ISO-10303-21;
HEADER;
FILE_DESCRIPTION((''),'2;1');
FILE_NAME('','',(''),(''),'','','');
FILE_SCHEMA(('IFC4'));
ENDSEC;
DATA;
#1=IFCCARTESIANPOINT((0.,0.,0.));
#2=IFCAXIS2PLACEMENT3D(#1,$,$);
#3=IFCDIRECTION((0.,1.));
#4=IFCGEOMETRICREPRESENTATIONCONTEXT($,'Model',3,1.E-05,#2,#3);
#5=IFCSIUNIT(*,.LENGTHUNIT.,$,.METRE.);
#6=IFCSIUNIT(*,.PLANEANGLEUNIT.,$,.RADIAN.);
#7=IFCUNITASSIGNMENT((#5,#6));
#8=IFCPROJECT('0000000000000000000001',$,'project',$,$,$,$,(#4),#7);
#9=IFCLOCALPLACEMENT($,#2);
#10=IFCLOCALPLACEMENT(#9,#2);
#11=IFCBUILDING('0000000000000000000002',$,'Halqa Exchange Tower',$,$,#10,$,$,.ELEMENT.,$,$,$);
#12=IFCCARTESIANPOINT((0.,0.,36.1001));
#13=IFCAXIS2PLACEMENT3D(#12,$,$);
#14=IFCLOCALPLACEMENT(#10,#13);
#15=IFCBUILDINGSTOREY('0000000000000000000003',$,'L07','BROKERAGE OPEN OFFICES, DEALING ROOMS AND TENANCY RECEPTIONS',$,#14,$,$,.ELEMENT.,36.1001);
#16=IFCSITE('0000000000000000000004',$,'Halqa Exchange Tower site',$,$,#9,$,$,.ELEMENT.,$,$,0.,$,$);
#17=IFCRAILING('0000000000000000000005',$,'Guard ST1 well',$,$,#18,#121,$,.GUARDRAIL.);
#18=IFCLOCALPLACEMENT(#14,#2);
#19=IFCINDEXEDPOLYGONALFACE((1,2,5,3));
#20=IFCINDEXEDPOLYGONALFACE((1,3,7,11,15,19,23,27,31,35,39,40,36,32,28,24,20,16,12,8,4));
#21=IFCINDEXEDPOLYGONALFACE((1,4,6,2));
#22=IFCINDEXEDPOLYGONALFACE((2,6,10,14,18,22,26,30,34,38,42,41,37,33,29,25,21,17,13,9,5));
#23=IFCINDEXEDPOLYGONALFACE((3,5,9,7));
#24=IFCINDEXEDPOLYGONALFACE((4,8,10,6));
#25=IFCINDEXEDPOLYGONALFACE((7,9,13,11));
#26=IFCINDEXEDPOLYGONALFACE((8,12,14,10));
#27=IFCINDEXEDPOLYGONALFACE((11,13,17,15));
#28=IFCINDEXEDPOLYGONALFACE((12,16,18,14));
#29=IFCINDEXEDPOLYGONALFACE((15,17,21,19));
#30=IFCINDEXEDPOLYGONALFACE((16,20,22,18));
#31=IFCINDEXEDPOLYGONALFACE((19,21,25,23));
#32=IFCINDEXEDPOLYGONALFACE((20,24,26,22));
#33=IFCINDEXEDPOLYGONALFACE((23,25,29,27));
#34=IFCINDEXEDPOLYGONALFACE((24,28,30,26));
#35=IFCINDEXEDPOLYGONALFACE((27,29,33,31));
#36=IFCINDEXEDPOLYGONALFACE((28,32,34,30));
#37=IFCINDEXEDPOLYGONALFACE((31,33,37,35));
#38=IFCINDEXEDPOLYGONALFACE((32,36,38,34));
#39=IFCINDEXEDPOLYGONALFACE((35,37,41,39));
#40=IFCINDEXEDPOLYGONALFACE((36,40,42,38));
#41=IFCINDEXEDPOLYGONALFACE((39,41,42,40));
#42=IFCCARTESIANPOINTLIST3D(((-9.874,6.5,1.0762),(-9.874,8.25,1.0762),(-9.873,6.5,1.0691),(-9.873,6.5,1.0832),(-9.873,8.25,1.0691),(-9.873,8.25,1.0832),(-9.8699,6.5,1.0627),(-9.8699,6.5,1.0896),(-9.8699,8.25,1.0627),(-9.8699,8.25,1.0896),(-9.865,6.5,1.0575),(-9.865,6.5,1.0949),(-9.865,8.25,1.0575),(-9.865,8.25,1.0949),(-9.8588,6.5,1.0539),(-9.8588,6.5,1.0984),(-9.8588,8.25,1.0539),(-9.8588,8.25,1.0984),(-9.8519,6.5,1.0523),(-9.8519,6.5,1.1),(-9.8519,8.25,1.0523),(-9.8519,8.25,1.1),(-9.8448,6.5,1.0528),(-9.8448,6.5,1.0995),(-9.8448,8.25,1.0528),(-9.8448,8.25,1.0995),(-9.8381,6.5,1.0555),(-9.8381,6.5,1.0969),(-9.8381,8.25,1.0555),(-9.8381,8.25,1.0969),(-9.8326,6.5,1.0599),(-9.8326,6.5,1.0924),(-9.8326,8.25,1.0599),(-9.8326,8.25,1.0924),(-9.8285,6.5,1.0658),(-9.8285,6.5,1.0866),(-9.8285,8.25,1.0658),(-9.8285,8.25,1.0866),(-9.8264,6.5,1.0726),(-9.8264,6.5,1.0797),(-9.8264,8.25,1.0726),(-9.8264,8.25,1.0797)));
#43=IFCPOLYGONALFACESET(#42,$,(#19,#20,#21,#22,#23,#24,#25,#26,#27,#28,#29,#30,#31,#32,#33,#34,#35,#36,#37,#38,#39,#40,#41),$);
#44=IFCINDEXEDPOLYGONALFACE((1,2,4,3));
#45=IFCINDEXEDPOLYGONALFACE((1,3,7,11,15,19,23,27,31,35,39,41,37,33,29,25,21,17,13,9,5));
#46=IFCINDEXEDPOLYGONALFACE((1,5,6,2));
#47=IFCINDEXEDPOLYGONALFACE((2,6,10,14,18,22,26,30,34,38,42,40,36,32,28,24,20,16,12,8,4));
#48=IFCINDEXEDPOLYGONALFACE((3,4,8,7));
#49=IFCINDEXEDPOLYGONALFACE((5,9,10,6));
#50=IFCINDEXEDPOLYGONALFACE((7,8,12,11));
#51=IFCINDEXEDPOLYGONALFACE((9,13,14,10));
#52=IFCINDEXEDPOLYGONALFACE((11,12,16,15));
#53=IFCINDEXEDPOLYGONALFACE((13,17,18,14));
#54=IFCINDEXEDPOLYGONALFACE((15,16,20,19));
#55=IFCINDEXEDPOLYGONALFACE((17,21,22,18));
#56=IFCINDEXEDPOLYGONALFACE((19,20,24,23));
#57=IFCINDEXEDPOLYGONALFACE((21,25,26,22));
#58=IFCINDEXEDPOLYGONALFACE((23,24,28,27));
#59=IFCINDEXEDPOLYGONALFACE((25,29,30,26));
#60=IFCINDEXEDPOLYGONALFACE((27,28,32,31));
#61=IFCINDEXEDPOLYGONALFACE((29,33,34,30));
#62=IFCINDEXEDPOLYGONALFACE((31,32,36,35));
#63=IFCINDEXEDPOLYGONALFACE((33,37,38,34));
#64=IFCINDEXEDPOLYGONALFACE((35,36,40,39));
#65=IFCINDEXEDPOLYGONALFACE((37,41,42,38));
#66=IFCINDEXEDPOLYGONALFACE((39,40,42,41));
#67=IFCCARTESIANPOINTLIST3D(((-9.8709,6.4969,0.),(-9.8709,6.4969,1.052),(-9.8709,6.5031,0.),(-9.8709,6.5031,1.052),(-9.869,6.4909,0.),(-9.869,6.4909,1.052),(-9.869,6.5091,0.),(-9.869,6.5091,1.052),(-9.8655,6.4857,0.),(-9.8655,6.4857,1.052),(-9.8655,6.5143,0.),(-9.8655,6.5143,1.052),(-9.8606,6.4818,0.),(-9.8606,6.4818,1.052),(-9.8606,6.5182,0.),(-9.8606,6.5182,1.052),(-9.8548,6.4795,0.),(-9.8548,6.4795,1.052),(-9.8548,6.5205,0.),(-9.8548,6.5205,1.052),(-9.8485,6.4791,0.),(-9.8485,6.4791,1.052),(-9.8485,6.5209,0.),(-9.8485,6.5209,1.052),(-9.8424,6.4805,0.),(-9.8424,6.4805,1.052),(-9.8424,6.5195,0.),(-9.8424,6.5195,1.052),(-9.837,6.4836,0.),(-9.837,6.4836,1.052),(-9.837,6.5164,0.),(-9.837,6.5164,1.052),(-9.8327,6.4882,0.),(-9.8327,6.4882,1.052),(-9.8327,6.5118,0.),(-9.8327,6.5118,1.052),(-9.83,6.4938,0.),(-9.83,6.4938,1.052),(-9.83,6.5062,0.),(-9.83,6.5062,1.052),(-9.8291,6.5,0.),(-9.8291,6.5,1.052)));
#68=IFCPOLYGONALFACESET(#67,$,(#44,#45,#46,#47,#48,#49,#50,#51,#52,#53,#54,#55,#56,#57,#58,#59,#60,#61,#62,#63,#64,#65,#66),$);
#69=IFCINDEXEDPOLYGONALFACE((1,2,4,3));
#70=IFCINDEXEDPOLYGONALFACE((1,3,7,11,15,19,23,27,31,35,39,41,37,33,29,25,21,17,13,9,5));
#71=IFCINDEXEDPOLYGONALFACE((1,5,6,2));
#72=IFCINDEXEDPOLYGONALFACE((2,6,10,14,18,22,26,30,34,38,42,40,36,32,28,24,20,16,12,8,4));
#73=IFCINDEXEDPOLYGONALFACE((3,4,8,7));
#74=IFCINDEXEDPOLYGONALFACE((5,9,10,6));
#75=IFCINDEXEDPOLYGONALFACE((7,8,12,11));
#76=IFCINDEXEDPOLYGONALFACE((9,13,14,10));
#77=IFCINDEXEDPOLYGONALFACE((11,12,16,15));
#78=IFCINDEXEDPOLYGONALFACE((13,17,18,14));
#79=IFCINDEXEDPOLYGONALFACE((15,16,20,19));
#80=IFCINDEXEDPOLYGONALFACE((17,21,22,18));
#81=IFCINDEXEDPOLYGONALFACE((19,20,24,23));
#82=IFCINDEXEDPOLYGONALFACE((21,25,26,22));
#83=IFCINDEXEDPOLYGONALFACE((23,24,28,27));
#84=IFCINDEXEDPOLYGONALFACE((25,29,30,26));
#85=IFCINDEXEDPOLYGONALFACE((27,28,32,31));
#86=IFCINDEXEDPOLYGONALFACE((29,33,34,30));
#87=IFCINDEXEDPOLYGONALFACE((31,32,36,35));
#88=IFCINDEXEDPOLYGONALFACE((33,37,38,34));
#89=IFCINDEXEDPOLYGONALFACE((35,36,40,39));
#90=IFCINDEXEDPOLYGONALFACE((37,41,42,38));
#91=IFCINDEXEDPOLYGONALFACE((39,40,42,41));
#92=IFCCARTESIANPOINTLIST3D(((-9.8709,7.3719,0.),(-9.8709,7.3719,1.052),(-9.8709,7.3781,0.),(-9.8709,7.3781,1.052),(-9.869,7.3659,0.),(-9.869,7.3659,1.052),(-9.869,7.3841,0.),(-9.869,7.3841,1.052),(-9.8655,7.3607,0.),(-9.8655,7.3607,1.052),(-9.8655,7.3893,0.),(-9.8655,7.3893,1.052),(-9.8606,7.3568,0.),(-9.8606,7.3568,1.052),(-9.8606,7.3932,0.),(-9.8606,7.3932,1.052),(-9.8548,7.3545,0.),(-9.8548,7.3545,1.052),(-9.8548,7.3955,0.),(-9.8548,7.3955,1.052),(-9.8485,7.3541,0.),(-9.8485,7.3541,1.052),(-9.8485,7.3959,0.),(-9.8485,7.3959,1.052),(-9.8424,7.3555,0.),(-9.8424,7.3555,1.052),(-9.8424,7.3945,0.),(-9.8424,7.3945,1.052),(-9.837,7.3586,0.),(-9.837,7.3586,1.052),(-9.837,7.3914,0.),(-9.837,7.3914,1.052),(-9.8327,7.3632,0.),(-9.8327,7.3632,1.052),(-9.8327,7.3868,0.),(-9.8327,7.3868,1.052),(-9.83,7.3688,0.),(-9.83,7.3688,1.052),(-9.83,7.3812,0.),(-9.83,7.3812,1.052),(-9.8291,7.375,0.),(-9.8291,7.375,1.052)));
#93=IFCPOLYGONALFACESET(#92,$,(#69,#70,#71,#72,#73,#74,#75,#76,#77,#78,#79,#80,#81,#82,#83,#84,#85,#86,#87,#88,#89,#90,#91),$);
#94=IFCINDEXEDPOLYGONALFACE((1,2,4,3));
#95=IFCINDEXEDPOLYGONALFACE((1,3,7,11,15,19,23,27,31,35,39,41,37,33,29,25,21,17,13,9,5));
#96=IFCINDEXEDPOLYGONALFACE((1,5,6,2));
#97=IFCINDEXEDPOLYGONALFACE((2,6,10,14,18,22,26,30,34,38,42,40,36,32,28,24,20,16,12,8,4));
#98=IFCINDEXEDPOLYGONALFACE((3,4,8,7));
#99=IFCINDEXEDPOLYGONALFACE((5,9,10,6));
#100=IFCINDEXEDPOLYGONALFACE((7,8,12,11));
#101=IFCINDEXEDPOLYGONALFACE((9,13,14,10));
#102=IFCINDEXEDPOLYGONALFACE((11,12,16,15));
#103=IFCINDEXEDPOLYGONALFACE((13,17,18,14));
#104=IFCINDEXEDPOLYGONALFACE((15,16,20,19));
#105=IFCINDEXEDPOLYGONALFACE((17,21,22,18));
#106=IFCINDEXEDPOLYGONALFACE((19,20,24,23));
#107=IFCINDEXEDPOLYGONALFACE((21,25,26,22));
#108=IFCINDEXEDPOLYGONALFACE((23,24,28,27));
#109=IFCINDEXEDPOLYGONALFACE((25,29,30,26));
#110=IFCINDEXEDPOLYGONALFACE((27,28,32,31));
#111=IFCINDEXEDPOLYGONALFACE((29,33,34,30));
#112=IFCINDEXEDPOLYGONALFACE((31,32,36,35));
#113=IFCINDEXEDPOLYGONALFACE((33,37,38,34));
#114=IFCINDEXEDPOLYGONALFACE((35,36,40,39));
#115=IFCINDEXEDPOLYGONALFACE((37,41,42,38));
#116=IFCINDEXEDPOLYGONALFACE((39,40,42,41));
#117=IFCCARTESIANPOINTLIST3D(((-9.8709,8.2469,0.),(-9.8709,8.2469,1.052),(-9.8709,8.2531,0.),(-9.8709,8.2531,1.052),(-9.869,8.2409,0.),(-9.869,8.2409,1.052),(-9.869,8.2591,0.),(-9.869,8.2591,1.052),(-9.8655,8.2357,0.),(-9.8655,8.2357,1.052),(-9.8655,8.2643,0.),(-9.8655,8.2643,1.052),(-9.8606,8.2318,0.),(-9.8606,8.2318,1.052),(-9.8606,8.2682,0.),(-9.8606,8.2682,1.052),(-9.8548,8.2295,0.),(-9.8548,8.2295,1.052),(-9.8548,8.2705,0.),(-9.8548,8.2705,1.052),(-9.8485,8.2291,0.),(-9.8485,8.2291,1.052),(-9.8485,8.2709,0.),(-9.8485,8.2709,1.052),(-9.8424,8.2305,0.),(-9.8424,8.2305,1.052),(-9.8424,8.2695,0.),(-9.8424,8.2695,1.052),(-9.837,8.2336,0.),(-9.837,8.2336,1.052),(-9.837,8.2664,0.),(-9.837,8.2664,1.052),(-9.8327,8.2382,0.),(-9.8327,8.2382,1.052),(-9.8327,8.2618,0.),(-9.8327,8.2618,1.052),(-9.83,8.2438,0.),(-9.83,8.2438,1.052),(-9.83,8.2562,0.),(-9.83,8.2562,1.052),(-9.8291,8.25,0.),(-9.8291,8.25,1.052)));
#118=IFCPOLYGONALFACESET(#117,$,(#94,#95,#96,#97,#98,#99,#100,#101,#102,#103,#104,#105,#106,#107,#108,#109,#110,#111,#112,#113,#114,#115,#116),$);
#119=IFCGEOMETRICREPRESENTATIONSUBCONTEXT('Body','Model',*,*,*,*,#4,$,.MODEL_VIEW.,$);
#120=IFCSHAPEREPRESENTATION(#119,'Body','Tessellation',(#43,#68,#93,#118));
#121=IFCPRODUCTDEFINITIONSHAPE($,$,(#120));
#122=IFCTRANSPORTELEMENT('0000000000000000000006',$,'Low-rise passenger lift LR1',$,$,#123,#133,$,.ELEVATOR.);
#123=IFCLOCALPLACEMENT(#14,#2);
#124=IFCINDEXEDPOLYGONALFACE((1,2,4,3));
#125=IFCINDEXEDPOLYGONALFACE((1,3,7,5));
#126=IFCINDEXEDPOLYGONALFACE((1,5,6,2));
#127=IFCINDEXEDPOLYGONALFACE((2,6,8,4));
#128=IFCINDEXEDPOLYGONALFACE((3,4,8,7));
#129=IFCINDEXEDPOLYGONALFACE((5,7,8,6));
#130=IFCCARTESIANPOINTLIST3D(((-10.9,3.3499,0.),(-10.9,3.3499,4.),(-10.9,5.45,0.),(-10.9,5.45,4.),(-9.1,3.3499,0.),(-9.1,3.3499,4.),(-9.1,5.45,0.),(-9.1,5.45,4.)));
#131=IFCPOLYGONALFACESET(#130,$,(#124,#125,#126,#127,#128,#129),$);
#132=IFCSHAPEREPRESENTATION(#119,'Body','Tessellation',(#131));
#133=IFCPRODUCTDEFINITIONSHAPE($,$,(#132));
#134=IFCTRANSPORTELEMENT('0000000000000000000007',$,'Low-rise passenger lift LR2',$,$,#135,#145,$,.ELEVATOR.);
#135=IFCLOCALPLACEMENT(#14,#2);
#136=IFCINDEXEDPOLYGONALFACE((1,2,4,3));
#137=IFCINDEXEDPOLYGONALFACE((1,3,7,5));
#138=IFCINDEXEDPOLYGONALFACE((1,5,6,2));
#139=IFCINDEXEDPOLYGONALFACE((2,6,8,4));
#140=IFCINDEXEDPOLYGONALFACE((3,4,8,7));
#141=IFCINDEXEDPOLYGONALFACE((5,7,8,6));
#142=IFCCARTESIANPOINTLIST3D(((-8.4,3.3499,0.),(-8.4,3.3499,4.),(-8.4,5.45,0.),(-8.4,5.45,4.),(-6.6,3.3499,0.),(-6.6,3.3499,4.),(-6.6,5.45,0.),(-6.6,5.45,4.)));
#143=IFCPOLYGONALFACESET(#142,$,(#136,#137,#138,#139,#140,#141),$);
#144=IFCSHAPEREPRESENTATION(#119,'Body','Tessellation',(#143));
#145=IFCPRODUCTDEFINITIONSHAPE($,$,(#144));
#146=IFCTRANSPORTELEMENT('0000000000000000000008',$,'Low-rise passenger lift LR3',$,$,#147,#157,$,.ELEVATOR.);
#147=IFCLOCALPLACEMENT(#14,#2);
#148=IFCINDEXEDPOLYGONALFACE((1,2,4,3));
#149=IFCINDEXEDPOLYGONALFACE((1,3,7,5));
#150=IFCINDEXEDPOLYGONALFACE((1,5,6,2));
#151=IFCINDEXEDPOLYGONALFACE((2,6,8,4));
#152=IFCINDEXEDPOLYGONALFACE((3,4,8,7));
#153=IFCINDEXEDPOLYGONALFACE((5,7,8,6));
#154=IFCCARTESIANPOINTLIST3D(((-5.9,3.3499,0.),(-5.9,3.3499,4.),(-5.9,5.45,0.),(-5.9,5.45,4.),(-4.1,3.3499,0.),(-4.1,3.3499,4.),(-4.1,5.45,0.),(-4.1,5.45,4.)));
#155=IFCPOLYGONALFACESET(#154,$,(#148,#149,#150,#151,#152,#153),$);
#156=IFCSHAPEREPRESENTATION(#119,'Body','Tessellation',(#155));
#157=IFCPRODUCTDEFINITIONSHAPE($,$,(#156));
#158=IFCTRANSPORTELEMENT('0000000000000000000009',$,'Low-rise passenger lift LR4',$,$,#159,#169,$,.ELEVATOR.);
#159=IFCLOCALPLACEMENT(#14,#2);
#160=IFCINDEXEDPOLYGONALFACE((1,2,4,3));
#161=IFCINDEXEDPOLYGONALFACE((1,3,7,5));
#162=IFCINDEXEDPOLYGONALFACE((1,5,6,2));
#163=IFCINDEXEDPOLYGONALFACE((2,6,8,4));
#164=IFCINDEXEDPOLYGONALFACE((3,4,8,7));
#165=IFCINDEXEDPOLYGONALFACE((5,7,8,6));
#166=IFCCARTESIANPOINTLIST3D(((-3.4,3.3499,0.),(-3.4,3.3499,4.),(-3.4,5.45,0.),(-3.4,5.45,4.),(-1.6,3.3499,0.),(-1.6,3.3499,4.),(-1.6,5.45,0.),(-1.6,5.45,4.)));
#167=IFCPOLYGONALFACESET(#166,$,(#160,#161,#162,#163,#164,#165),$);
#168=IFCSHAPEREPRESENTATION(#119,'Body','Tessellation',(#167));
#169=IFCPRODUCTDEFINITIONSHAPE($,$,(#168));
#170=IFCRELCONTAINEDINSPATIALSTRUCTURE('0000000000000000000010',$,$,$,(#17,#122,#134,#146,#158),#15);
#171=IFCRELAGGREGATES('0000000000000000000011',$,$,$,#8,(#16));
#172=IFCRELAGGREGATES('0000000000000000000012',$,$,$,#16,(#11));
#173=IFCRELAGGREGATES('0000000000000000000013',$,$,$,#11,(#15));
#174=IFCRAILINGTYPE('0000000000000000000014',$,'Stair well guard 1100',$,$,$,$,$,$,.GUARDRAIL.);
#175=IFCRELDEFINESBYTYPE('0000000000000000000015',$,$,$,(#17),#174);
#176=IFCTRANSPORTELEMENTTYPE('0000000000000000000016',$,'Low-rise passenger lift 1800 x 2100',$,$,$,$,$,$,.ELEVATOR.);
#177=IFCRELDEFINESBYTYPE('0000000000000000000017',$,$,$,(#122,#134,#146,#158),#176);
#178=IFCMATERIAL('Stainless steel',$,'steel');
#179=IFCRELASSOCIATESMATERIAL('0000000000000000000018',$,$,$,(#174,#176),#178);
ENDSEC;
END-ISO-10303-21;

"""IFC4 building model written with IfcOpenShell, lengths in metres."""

from ifc_helpers import new_model, si_unit, direction, frame, origin, origin_2d, place, context, subcontext, project, spatial, rectangle, circle, extrude, material, type_object, element, save


model = new_model("IFC4")

# Units and contexts
model_context = context("Model", 3, precision=1e-05, world=origin(), true_north=direction((0.0, 1.0)))
body_context = subcontext(model_context, "Body", "Model", "MODEL_VIEW")
ifc_project = project(units=[si_unit("LENGTHUNIT", "METRE"), si_unit("PLANEANGLEUNIT", "RADIAN")], contexts=[model_context])

# Site, building, storey
site_placement = place(None, origin())
site = spatial("IfcSite", under=ifc_project, at=site_placement, Name="Halqa Exchange Tower site", CompositionType="ELEMENT", RefElevation=0.0)
building_placement = place(site_placement, origin())
building = spatial("IfcBuilding", under=site, at=building_placement, Name="Halqa Exchange Tower", CompositionType="ELEMENT")
storey_placement = place(building_placement, frame((0.0, 0.0, 36.1001)))
storey = spatial("IfcBuildingStorey", under=building, at=storey_placement, Name="L07", Description="BROKERAGE OPEN OFFICES, DEALING ROOMS AND TENANCY RECEPTIONS", CompositionType="ELEMENT", Elevation=36.1001)

# Shared definitions
ifc_material_1 = material(Name="Stainless steel", Category="steel")

# Railing
railing_type_1 = type_object("IfcRailingType", Name="Stair well guard 1100", PredefinedType="GUARDRAIL", material=ifc_material_1)
railing_1_placement = place(storey_placement, frame((-9.8501, 6.5, 0.0)))
element("IfcRailing", 1, at=railing_1_placement, inside=storey, type_object=railing_type_1, Name="Guard ST1 well", PredefinedType="GUARDRAIL", context=body_context, shape_type="SweptSolid", body=[
    extrude(circle(Radius=0.0239, at=origin_2d()), frame((0.0, 0.0, 1.0762), z_axis=(0.0, 1.0, 0.0), x_axis=(-1.0, 0.0, 0.0)), (0.0, 0.0, 1.0), 1.75),
    extrude(circle(Radius=0.021, at=origin_2d()), origin(), (0.0, 0.0, 1.0), 1.052),
    extrude(circle(Radius=0.021, at=origin_2d()), frame((0.0, 0.875, 0.0)), (0.0, 0.0, 1.0), 1.052),
    extrude(circle(Radius=0.021, at=origin_2d()), frame((0.0, 1.75, 0.0)), (0.0, 0.0, 1.0), 1.052),
])

# Transport elements
transport_element_type = type_object("IfcTransportElementType", Name="Low-rise passenger lift 1800 x 2100", PredefinedType="ELEVATOR", material=ifc_material_1)
for number, where, z_axis, x_axis, name in (
    (2, (-10.0, 4.3999, 0.0), (0.0, 0.0, 1.0), (1.0, 0.0, 0.0), "Low-rise passenger lift LR1"),
    (3, (-7.5, 4.3999, 0.0), (0.0, 0.0, 1.0), (1.0, 0.0, 0.0), "Low-rise passenger lift LR2"),
    (4, (-5.0, 4.3999, 0.0), (0.0, 0.0, 1.0), (1.0, 0.0, 0.0), "Low-rise passenger lift LR3"),
    (5, (-2.5, 4.3999, 0.0), (0.0, 0.0, 1.0), (1.0, 0.0, 0.0), "Low-rise passenger lift LR4"),
):
    element("IfcTransportElement", number, at=place(storey_placement, frame(where, z_axis=z_axis, x_axis=x_axis)), inside=storey, type_object=transport_element_type, Name=name, PredefinedType="ELEVATOR", context=body_context, shape_type="SweptSolid", body=[
        extrude(rectangle(XDim=1.8, YDim=2.1001, at=origin_2d()), origin(), (0.0, 0.0, 1.0), 4.0),
    ])

save(model, "model.ifc")
